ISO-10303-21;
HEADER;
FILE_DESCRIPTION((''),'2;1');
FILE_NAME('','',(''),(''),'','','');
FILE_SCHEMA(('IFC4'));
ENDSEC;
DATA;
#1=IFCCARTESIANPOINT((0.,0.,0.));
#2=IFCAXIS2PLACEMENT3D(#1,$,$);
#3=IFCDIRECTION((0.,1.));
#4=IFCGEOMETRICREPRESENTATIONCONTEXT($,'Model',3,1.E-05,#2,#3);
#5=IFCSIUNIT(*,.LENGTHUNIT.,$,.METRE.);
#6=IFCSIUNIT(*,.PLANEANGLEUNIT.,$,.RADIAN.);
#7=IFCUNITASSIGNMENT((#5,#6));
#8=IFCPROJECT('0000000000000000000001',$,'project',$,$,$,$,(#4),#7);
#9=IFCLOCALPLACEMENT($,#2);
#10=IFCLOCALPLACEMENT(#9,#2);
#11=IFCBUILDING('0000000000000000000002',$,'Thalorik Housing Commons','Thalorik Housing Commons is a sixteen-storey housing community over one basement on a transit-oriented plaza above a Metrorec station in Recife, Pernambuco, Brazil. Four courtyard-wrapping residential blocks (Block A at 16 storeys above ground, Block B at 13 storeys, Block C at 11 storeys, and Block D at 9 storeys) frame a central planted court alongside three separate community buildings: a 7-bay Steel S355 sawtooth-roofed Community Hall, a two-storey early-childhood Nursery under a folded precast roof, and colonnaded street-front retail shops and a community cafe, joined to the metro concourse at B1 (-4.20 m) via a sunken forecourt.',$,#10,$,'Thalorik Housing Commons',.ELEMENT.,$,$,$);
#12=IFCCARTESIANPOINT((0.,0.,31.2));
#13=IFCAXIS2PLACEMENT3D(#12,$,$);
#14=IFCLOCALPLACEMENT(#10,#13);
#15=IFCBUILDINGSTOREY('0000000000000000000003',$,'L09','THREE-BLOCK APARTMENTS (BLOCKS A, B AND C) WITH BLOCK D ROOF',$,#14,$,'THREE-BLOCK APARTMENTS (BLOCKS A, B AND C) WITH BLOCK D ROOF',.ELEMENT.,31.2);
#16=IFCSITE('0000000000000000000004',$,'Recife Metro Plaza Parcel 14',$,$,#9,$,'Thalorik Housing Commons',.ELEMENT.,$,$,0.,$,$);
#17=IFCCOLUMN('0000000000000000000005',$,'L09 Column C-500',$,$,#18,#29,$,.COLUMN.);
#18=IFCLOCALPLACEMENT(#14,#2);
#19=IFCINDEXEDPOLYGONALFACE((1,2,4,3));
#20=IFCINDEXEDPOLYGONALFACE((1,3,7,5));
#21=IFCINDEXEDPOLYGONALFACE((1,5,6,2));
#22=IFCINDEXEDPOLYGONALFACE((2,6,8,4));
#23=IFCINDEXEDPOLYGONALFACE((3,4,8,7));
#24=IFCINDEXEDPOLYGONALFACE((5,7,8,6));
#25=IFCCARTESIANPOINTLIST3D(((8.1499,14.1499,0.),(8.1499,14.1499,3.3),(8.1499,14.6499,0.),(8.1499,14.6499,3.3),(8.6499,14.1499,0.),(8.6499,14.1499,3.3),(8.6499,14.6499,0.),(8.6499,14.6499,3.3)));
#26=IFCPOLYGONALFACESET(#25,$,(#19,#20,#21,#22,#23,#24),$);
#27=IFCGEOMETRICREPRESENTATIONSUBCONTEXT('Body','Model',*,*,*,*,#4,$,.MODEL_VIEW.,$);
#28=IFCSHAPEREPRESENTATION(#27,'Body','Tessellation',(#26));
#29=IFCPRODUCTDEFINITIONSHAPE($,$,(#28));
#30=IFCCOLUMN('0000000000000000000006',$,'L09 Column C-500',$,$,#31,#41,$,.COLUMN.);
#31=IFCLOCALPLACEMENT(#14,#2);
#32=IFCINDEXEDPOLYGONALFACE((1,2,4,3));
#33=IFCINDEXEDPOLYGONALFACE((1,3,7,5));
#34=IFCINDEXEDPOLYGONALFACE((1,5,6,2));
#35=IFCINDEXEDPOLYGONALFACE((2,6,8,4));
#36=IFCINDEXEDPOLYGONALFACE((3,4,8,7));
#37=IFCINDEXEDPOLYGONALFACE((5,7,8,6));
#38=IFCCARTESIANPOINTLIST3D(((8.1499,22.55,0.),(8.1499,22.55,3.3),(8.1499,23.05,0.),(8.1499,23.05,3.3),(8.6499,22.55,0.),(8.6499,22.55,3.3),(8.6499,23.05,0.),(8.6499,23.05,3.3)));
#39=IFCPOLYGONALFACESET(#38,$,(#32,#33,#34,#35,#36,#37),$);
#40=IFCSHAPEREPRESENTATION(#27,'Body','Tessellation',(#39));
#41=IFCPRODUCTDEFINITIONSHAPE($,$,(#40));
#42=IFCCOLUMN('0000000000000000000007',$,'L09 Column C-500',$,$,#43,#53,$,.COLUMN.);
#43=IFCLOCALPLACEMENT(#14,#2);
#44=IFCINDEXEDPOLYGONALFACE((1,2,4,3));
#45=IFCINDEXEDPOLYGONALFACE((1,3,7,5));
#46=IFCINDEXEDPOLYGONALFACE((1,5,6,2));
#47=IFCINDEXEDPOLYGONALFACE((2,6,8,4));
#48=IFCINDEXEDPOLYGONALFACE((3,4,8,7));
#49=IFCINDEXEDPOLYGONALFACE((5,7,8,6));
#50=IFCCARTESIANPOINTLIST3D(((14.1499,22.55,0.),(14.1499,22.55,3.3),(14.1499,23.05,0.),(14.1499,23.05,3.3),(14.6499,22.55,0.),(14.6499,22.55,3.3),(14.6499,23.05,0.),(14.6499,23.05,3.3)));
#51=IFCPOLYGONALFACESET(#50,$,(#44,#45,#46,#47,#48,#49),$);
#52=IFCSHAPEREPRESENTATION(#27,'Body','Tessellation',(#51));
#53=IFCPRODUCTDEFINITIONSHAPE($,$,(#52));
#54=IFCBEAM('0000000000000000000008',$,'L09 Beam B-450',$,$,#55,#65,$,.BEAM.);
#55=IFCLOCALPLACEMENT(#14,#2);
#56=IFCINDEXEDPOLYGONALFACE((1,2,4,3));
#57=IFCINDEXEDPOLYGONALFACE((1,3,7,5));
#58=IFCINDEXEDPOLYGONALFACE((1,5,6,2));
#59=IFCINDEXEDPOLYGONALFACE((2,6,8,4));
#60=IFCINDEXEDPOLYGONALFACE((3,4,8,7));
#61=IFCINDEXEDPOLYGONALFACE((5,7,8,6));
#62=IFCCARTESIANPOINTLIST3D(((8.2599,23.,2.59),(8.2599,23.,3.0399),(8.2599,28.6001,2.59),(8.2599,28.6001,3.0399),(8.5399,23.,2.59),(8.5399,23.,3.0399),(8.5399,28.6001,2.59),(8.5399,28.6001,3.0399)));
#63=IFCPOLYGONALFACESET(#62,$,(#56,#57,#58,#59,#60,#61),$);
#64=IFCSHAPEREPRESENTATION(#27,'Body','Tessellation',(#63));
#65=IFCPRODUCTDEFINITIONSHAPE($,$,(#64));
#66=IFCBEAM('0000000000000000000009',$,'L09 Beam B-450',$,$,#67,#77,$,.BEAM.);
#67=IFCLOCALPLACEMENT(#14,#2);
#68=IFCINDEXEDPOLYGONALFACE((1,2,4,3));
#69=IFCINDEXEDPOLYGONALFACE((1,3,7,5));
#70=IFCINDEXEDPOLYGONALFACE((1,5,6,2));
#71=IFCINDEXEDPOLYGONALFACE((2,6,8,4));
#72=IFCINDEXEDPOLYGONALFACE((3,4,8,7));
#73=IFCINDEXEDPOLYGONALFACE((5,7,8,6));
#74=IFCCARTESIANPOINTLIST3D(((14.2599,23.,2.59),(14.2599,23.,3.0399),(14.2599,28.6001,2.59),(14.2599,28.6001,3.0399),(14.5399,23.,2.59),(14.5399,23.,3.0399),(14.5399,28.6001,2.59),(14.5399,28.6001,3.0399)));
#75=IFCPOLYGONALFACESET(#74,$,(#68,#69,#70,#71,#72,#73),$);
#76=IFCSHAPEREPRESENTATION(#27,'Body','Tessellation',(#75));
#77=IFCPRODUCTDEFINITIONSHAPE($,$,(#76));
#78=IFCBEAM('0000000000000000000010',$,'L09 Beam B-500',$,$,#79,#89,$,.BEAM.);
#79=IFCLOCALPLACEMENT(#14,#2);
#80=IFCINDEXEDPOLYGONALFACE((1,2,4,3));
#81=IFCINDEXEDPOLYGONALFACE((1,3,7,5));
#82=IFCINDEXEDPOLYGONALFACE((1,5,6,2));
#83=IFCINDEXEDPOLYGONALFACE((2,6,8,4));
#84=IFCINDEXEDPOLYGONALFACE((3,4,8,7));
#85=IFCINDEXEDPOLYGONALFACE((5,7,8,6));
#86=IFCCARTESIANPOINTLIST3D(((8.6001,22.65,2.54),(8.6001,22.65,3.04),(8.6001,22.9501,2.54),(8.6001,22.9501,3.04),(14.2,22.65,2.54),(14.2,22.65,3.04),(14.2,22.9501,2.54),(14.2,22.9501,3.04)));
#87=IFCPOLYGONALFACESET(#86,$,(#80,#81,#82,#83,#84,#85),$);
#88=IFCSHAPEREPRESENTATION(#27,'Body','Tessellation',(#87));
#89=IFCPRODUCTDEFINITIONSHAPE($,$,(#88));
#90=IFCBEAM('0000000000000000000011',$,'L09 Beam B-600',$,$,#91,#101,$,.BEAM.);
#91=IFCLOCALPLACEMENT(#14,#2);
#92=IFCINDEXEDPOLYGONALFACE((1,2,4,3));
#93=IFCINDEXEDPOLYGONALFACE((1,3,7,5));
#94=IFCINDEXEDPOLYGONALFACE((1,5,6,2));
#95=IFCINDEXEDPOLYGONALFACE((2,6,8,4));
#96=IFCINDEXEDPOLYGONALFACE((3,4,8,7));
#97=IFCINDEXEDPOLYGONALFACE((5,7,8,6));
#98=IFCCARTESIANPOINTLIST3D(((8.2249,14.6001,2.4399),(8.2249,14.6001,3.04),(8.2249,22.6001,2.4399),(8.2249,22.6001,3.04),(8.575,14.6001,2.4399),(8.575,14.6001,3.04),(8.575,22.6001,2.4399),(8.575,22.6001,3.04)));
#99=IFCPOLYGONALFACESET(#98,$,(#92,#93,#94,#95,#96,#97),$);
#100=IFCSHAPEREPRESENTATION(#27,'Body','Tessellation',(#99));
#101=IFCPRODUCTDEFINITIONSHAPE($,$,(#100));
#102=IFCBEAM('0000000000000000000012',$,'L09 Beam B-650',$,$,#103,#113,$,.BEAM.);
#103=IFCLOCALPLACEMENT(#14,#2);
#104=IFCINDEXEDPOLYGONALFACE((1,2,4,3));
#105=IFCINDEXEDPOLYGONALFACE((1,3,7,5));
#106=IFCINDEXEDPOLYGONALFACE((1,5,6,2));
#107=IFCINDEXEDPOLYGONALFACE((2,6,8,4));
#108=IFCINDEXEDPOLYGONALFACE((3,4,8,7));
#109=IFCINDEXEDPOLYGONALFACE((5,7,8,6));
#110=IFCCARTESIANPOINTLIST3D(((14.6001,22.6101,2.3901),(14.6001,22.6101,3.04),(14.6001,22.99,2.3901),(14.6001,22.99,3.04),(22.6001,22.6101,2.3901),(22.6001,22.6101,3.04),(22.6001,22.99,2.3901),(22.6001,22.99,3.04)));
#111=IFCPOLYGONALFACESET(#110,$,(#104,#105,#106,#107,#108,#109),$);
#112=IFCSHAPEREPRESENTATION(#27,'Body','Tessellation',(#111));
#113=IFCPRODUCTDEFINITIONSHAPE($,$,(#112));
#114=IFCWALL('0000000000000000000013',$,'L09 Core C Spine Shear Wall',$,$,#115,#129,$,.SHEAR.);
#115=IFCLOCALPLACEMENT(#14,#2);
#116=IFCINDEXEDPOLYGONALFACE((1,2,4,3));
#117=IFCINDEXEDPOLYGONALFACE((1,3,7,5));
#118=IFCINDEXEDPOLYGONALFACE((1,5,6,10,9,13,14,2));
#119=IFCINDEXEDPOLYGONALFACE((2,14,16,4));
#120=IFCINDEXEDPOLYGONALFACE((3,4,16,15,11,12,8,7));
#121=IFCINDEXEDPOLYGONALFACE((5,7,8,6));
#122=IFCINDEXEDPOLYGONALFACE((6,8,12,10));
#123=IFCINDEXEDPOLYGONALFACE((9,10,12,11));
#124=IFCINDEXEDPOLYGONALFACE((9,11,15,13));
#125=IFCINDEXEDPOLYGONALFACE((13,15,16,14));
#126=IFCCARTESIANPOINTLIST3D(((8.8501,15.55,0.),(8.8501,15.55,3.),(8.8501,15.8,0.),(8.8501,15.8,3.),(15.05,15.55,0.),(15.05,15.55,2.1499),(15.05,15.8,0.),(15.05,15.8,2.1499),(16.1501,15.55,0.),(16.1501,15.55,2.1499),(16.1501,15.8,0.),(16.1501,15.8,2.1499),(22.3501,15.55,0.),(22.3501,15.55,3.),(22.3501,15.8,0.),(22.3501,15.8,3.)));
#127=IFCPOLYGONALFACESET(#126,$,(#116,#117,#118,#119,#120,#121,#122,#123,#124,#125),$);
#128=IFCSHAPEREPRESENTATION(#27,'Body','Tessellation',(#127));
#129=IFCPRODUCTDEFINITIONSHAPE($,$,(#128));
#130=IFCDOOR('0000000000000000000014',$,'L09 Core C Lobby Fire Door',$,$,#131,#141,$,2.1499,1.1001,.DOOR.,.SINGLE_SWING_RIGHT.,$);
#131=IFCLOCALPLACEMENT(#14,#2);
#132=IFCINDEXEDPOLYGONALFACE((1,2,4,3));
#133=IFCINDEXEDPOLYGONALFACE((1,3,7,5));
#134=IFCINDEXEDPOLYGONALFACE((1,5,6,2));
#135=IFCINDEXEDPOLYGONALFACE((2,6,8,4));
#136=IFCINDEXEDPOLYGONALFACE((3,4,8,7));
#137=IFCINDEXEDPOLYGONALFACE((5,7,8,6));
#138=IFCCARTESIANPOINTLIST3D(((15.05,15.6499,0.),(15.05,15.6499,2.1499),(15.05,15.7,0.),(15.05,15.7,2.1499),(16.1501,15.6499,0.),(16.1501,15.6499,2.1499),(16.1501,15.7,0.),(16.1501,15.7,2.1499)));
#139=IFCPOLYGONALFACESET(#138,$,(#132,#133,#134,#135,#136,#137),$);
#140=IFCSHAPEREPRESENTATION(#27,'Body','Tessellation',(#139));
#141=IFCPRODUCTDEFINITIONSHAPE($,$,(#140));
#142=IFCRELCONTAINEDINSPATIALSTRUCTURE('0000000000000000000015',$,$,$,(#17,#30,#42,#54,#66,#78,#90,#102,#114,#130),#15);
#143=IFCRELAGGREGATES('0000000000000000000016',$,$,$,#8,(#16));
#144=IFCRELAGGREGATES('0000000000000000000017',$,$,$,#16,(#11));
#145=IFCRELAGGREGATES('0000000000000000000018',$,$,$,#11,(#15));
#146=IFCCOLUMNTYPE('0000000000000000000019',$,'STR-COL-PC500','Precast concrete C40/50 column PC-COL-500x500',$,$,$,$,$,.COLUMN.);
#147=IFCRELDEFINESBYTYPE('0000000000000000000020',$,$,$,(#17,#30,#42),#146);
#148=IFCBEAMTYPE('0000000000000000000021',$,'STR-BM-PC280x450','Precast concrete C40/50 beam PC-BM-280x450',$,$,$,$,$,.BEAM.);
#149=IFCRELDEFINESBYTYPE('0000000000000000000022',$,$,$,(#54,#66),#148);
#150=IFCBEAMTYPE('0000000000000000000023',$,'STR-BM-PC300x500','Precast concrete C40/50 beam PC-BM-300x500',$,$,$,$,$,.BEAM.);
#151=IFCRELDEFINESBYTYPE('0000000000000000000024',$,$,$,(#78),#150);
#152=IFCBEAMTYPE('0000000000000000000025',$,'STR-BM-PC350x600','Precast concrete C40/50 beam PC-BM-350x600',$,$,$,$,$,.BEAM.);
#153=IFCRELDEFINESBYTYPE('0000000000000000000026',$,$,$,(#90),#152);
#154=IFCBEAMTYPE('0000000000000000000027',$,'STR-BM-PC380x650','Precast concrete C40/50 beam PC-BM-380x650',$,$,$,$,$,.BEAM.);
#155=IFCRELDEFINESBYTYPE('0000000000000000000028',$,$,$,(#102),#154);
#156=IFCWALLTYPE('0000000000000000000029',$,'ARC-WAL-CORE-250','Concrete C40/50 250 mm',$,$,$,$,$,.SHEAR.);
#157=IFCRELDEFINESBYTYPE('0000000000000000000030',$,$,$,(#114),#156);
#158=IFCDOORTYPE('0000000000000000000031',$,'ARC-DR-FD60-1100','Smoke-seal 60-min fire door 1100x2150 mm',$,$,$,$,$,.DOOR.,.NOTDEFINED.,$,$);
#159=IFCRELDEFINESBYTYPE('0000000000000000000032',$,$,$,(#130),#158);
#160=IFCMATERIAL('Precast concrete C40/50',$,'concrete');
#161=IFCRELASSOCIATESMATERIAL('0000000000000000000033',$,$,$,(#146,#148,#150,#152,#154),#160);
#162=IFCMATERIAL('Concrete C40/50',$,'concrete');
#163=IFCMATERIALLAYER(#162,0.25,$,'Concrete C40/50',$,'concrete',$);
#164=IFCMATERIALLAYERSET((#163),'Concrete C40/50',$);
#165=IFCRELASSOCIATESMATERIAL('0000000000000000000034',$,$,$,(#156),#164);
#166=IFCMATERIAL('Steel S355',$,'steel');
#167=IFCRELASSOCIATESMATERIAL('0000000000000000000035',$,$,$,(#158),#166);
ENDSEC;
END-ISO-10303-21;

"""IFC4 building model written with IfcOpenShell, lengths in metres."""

from ifc_helpers import new_model, si_unit, direction, frame, frame_2d, origin, origin_2d, place, context, subcontext, project, spatial, rectangle, extrude, material, layer, layer_set, material_profile, profile_set, type_object, element, fill, save


model = new_model("IFC4")

# Units and contexts
model_context = context("Model", 3, precision=1e-05, world=origin(), true_north=direction((0.0, 1.0)))
body_context = subcontext(model_context, "Body", "Model", "MODEL_VIEW")
ifc_project = project(units=[si_unit("LENGTHUNIT", "METRE"), si_unit("PLANEANGLEUNIT", "RADIAN")], contexts=[model_context])

# Site, building, storey
site_placement = place(None, origin())
site = spatial("IfcSite", under=ifc_project, at=site_placement, Name="Recife Metro Plaza Parcel 14", LongName="Thalorik Housing Commons", CompositionType="ELEMENT", RefElevation=0.0)
building_placement = place(site_placement, origin())
building = spatial("IfcBuilding", under=site, at=building_placement, Name="Thalorik Housing Commons", Description="Thalorik Housing Commons is a sixteen-storey housing community over one basement on a transit-oriented plaza above a Metrorec station in Recife, Pernambuco, Brazil. Four courtyard-wrapping residential blocks (Block A at 16 storeys above ground, Block B at 13 storeys, Block C at 11 storeys, and Block D at 9 storeys) frame a central planted court alongside three separate community buildings: a 7-bay Steel S355 sawtooth-roofed Community Hall, a two-storey early-childhood Nursery under a folded precast roof, and colonnaded street-front retail shops and a community cafe, joined to the metro concourse at B1 (-4.20 m) via a sunken forecourt.", LongName="Thalorik Housing Commons", CompositionType="ELEMENT")
storey_placement = place(building_placement, frame((0.0, 0.0, 31.2)))
storey = spatial("IfcBuildingStorey", under=building, at=storey_placement, Name="L09", Description="THREE-BLOCK APARTMENTS (BLOCKS A, B AND C) WITH BLOCK D ROOF", LongName="THREE-BLOCK APARTMENTS (BLOCKS A, B AND C) WITH BLOCK D ROOF", CompositionType="ELEMENT", Elevation=31.2)

# Columns
ifc_material_1 = material(Name="Precast concrete C40/50", Category="concrete")
ifc_material_profile_1 = material_profile(ifc_material_1, rectangle(XDim=0.5, YDim=0.5, at=origin_2d()), Name="PC 500x500", Category="concrete")
ifc_profile_set_1 = profile_set([ifc_material_profile_1], Name="Precast concrete C40/50")
column_type = type_object("IfcColumnType", Name="STR-COL-PC500", Description="Precast concrete C40/50 column PC-COL-500x500", PredefinedType="COLUMN", material=ifc_profile_set_1)
for number, where, z_axis, x_axis, name in (
    (1, (8.3999, 14.3999, 0.0), (0.0, 0.0, 1.0), (1.0, 0.0, 0.0), "L09 Column C-500"),
    (2, (8.3999, 22.8, 0.0), (0.0, 0.0, 1.0), (1.0, 0.0, 0.0), "L09 Column C-500"),
    (3, (14.3999, 22.8, 0.0), (0.0, 0.0, 1.0), (1.0, 0.0, 0.0), "L09 Column C-500"),
):
    element("IfcColumn", number, at=place(storey_placement, frame(where, z_axis=z_axis, x_axis=x_axis)), inside=storey, type_object=column_type, Name=name, PredefinedType="COLUMN", context=body_context, shape_type="SweptSolid", body=[
        extrude(rectangle(XDim=0.5, YDim=0.5, at=origin_2d()), origin(), (0.0, 0.0, 1.0), 3.3),
    ])

# Beams
ifc_material_profile_2 = material_profile(ifc_material_1, rectangle(XDim=0.28, YDim=0.45, at=origin_2d()), Name="PC 280x450", Category="concrete")
ifc_profile_set_2 = profile_set([ifc_material_profile_2], Name="Precast concrete C40/50")
beam_type_1 = type_object("IfcBeamType", Name="STR-BM-PC280x450", Description="Precast concrete C40/50 beam PC-BM-280x450", PredefinedType="BEAM", material=ifc_profile_set_2)
for number, where, z_axis, x_axis, name in (
    (4, (8.3999, 23.0, 2.8149), (0.0, 1.0, 0.0), (-1.0, 0.0, 0.0), "L09 Beam B-450"),
    (5, (14.3999, 23.0, 2.8149), (0.0, 1.0, 0.0), (-1.0, 0.0, 0.0), "L09 Beam B-450"),
):
    element("IfcBeam", number, at=place(storey_placement, frame(where, z_axis=z_axis, x_axis=x_axis)), inside=storey, type_object=beam_type_1, Name=name, PredefinedType="BEAM", context=body_context, shape_type="SweptSolid", body=[
        extrude(rectangle(XDim=0.28, YDim=0.45, at=origin_2d()), origin(), (0.0, 0.0, 1.0), 5.6001),
    ])
ifc_material_profile_3 = material_profile(ifc_material_1, rectangle(XDim=0.3, YDim=0.5, at=origin_2d()), Name="PC 300x500", Category="concrete")
ifc_profile_set_3 = profile_set([ifc_material_profile_3], Name="Precast concrete C40/50")
beam_type_2 = type_object("IfcBeamType", Name="STR-BM-PC300x500", Description="Precast concrete C40/50 beam PC-BM-300x500", PredefinedType="BEAM", material=ifc_profile_set_3)
beam_1_placement = place(storey_placement, frame((8.6001, 22.8, 2.79), z_axis=(1.0, 0.0, 0.0), x_axis=(0.0, 1.0, 0.0)))
element("IfcBeam", 6, at=beam_1_placement, inside=storey, type_object=beam_type_2, Name="L09 Beam B-500", PredefinedType="BEAM", context=body_context, shape_type="SweptSolid", body=[
    extrude(rectangle(XDim=0.3, YDim=0.5, at=origin_2d()), origin(), (0.0, 0.0, 1.0), 5.5999),
])
ifc_material_profile_4 = material_profile(ifc_material_1, rectangle(XDim=0.3501, YDim=0.6001, at=origin_2d()), Name="PC 350x600", Category="concrete")
ifc_profile_set_4 = profile_set([ifc_material_profile_4], Name="Precast concrete C40/50")
beam_type_3 = type_object("IfcBeamType", Name="STR-BM-PC350x600", Description="Precast concrete C40/50 beam PC-BM-350x600", PredefinedType="BEAM", material=ifc_profile_set_4)
beam_2_placement = place(storey_placement, frame((8.3999, 14.6001, 2.74), z_axis=(0.0, 1.0, 0.0), x_axis=(-1.0, 0.0, 0.0)))
element("IfcBeam", 7, at=beam_2_placement, inside=storey, type_object=beam_type_3, Name="L09 Beam B-600", PredefinedType="BEAM", context=body_context, shape_type="SweptSolid", body=[
    extrude(rectangle(XDim=0.3501, YDim=0.6001, at=origin_2d()), origin(), (0.0, 0.0, 1.0), 8.0),
])
ifc_material_profile_5 = material_profile(ifc_material_1, rectangle(XDim=0.3799, YDim=0.6499, at=origin_2d()), Name="PC 380x650", Category="concrete")
ifc_profile_set_5 = profile_set([ifc_material_profile_5], Name="Precast concrete C40/50")
beam_type_4 = type_object("IfcBeamType", Name="STR-BM-PC380x650", Description="Precast concrete C40/50 beam PC-BM-380x650", PredefinedType="BEAM", material=ifc_profile_set_5)
beam_3_placement = place(storey_placement, frame((14.6001, 22.8, 2.7151), z_axis=(1.0, 0.0, 0.0), x_axis=(0.0, 1.0, 0.0)))
element("IfcBeam", 8, at=beam_3_placement, inside=storey, type_object=beam_type_4, Name="L09 Beam B-650", PredefinedType="BEAM", context=body_context, shape_type="SweptSolid", body=[
    extrude(rectangle(XDim=0.3799, YDim=0.6499, at=origin_2d()), origin(), (0.0, 0.0, 1.0), 8.0),
])

# Wall, opening, door
ifc_material_2 = material(Name="Concrete C40/50", Category="concrete")
ifc_layer_1 = layer(ifc_material_2, 0.25, Name="Concrete C40/50", Category="concrete")
ifc_layer_set_1 = layer_set([ifc_layer_1], Name="Concrete C40/50")
wall_type_1 = type_object("IfcWallType", Name="ARC-WAL-CORE-250", Description="Concrete C40/50 250 mm", PredefinedType="SHEAR", material=ifc_layer_set_1)
wall_1_placement = place(storey_placement, frame((8.8501, 15.675, 0.0), z_axis=(0.0, 0.0, 1.0), x_axis=(1.0, 0.0, 0.0)))
wall_1 = element("IfcWall", 9, at=wall_1_placement, inside=storey, type_object=wall_type_1, Name="L09 Core C Spine Shear Wall", PredefinedType="SHEAR", context=body_context, shape_type="SweptSolid", body=[
    extrude(rectangle(XDim=13.5, YDim=0.25, at=frame_2d((6.75, 0.0))), origin(), (0.0, 0.0, 1.0), 3.0),
])
opening_1_placement = place(wall_1_placement, frame((6.2, 0.0, 0.0)))
opening_1 = element("IfcOpeningElement", 10, at=opening_1_placement, cuts=wall_1, PredefinedType="OPENING", context=body_context, shape_type="SweptSolid", body=[
    extrude(rectangle(XDim=1.1001, YDim=2.1499, at=frame_2d((0.55, 1.075))), frame((0.0, 0.135, 0.0), z_axis=(0.0, -1.0, 0.0), x_axis=(1.0, 0.0, 0.0)), (0.0, 0.0, 1.0), 0.27),
])
ifc_material_3 = material(Name="Steel S355", Category="steel")
door_type_1 = type_object("IfcDoorType", Name="ARC-DR-FD60-1100", Description="Smoke-seal 60-min fire door 1100x2150 mm", OperationType="NOTDEFINED", PredefinedType="DOOR", material=ifc_material_3)
door_1_placement = place(opening_1_placement, origin())
door_1 = element("IfcDoor", 11, at=door_1_placement, inside=storey, type_object=door_type_1, Name="L09 Core C Lobby Fire Door", OperationType="SINGLE_SWING_RIGHT", OverallHeight=2.1499, OverallWidth=1.1001, PredefinedType="DOOR", context=body_context, shape_type="SweptSolid", body=[
    extrude(rectangle(XDim=1.1001, YDim=2.1499, at=frame_2d((0.55, 1.075))), frame((0.0, 0.0249, 0.0), z_axis=(0.0, -1.0, 0.0), x_axis=(1.0, 0.0, 0.0)), (0.0, 0.0, 1.0), 0.05),
])
fill(opening_1, door_1)

save(model, "model.ifc")
